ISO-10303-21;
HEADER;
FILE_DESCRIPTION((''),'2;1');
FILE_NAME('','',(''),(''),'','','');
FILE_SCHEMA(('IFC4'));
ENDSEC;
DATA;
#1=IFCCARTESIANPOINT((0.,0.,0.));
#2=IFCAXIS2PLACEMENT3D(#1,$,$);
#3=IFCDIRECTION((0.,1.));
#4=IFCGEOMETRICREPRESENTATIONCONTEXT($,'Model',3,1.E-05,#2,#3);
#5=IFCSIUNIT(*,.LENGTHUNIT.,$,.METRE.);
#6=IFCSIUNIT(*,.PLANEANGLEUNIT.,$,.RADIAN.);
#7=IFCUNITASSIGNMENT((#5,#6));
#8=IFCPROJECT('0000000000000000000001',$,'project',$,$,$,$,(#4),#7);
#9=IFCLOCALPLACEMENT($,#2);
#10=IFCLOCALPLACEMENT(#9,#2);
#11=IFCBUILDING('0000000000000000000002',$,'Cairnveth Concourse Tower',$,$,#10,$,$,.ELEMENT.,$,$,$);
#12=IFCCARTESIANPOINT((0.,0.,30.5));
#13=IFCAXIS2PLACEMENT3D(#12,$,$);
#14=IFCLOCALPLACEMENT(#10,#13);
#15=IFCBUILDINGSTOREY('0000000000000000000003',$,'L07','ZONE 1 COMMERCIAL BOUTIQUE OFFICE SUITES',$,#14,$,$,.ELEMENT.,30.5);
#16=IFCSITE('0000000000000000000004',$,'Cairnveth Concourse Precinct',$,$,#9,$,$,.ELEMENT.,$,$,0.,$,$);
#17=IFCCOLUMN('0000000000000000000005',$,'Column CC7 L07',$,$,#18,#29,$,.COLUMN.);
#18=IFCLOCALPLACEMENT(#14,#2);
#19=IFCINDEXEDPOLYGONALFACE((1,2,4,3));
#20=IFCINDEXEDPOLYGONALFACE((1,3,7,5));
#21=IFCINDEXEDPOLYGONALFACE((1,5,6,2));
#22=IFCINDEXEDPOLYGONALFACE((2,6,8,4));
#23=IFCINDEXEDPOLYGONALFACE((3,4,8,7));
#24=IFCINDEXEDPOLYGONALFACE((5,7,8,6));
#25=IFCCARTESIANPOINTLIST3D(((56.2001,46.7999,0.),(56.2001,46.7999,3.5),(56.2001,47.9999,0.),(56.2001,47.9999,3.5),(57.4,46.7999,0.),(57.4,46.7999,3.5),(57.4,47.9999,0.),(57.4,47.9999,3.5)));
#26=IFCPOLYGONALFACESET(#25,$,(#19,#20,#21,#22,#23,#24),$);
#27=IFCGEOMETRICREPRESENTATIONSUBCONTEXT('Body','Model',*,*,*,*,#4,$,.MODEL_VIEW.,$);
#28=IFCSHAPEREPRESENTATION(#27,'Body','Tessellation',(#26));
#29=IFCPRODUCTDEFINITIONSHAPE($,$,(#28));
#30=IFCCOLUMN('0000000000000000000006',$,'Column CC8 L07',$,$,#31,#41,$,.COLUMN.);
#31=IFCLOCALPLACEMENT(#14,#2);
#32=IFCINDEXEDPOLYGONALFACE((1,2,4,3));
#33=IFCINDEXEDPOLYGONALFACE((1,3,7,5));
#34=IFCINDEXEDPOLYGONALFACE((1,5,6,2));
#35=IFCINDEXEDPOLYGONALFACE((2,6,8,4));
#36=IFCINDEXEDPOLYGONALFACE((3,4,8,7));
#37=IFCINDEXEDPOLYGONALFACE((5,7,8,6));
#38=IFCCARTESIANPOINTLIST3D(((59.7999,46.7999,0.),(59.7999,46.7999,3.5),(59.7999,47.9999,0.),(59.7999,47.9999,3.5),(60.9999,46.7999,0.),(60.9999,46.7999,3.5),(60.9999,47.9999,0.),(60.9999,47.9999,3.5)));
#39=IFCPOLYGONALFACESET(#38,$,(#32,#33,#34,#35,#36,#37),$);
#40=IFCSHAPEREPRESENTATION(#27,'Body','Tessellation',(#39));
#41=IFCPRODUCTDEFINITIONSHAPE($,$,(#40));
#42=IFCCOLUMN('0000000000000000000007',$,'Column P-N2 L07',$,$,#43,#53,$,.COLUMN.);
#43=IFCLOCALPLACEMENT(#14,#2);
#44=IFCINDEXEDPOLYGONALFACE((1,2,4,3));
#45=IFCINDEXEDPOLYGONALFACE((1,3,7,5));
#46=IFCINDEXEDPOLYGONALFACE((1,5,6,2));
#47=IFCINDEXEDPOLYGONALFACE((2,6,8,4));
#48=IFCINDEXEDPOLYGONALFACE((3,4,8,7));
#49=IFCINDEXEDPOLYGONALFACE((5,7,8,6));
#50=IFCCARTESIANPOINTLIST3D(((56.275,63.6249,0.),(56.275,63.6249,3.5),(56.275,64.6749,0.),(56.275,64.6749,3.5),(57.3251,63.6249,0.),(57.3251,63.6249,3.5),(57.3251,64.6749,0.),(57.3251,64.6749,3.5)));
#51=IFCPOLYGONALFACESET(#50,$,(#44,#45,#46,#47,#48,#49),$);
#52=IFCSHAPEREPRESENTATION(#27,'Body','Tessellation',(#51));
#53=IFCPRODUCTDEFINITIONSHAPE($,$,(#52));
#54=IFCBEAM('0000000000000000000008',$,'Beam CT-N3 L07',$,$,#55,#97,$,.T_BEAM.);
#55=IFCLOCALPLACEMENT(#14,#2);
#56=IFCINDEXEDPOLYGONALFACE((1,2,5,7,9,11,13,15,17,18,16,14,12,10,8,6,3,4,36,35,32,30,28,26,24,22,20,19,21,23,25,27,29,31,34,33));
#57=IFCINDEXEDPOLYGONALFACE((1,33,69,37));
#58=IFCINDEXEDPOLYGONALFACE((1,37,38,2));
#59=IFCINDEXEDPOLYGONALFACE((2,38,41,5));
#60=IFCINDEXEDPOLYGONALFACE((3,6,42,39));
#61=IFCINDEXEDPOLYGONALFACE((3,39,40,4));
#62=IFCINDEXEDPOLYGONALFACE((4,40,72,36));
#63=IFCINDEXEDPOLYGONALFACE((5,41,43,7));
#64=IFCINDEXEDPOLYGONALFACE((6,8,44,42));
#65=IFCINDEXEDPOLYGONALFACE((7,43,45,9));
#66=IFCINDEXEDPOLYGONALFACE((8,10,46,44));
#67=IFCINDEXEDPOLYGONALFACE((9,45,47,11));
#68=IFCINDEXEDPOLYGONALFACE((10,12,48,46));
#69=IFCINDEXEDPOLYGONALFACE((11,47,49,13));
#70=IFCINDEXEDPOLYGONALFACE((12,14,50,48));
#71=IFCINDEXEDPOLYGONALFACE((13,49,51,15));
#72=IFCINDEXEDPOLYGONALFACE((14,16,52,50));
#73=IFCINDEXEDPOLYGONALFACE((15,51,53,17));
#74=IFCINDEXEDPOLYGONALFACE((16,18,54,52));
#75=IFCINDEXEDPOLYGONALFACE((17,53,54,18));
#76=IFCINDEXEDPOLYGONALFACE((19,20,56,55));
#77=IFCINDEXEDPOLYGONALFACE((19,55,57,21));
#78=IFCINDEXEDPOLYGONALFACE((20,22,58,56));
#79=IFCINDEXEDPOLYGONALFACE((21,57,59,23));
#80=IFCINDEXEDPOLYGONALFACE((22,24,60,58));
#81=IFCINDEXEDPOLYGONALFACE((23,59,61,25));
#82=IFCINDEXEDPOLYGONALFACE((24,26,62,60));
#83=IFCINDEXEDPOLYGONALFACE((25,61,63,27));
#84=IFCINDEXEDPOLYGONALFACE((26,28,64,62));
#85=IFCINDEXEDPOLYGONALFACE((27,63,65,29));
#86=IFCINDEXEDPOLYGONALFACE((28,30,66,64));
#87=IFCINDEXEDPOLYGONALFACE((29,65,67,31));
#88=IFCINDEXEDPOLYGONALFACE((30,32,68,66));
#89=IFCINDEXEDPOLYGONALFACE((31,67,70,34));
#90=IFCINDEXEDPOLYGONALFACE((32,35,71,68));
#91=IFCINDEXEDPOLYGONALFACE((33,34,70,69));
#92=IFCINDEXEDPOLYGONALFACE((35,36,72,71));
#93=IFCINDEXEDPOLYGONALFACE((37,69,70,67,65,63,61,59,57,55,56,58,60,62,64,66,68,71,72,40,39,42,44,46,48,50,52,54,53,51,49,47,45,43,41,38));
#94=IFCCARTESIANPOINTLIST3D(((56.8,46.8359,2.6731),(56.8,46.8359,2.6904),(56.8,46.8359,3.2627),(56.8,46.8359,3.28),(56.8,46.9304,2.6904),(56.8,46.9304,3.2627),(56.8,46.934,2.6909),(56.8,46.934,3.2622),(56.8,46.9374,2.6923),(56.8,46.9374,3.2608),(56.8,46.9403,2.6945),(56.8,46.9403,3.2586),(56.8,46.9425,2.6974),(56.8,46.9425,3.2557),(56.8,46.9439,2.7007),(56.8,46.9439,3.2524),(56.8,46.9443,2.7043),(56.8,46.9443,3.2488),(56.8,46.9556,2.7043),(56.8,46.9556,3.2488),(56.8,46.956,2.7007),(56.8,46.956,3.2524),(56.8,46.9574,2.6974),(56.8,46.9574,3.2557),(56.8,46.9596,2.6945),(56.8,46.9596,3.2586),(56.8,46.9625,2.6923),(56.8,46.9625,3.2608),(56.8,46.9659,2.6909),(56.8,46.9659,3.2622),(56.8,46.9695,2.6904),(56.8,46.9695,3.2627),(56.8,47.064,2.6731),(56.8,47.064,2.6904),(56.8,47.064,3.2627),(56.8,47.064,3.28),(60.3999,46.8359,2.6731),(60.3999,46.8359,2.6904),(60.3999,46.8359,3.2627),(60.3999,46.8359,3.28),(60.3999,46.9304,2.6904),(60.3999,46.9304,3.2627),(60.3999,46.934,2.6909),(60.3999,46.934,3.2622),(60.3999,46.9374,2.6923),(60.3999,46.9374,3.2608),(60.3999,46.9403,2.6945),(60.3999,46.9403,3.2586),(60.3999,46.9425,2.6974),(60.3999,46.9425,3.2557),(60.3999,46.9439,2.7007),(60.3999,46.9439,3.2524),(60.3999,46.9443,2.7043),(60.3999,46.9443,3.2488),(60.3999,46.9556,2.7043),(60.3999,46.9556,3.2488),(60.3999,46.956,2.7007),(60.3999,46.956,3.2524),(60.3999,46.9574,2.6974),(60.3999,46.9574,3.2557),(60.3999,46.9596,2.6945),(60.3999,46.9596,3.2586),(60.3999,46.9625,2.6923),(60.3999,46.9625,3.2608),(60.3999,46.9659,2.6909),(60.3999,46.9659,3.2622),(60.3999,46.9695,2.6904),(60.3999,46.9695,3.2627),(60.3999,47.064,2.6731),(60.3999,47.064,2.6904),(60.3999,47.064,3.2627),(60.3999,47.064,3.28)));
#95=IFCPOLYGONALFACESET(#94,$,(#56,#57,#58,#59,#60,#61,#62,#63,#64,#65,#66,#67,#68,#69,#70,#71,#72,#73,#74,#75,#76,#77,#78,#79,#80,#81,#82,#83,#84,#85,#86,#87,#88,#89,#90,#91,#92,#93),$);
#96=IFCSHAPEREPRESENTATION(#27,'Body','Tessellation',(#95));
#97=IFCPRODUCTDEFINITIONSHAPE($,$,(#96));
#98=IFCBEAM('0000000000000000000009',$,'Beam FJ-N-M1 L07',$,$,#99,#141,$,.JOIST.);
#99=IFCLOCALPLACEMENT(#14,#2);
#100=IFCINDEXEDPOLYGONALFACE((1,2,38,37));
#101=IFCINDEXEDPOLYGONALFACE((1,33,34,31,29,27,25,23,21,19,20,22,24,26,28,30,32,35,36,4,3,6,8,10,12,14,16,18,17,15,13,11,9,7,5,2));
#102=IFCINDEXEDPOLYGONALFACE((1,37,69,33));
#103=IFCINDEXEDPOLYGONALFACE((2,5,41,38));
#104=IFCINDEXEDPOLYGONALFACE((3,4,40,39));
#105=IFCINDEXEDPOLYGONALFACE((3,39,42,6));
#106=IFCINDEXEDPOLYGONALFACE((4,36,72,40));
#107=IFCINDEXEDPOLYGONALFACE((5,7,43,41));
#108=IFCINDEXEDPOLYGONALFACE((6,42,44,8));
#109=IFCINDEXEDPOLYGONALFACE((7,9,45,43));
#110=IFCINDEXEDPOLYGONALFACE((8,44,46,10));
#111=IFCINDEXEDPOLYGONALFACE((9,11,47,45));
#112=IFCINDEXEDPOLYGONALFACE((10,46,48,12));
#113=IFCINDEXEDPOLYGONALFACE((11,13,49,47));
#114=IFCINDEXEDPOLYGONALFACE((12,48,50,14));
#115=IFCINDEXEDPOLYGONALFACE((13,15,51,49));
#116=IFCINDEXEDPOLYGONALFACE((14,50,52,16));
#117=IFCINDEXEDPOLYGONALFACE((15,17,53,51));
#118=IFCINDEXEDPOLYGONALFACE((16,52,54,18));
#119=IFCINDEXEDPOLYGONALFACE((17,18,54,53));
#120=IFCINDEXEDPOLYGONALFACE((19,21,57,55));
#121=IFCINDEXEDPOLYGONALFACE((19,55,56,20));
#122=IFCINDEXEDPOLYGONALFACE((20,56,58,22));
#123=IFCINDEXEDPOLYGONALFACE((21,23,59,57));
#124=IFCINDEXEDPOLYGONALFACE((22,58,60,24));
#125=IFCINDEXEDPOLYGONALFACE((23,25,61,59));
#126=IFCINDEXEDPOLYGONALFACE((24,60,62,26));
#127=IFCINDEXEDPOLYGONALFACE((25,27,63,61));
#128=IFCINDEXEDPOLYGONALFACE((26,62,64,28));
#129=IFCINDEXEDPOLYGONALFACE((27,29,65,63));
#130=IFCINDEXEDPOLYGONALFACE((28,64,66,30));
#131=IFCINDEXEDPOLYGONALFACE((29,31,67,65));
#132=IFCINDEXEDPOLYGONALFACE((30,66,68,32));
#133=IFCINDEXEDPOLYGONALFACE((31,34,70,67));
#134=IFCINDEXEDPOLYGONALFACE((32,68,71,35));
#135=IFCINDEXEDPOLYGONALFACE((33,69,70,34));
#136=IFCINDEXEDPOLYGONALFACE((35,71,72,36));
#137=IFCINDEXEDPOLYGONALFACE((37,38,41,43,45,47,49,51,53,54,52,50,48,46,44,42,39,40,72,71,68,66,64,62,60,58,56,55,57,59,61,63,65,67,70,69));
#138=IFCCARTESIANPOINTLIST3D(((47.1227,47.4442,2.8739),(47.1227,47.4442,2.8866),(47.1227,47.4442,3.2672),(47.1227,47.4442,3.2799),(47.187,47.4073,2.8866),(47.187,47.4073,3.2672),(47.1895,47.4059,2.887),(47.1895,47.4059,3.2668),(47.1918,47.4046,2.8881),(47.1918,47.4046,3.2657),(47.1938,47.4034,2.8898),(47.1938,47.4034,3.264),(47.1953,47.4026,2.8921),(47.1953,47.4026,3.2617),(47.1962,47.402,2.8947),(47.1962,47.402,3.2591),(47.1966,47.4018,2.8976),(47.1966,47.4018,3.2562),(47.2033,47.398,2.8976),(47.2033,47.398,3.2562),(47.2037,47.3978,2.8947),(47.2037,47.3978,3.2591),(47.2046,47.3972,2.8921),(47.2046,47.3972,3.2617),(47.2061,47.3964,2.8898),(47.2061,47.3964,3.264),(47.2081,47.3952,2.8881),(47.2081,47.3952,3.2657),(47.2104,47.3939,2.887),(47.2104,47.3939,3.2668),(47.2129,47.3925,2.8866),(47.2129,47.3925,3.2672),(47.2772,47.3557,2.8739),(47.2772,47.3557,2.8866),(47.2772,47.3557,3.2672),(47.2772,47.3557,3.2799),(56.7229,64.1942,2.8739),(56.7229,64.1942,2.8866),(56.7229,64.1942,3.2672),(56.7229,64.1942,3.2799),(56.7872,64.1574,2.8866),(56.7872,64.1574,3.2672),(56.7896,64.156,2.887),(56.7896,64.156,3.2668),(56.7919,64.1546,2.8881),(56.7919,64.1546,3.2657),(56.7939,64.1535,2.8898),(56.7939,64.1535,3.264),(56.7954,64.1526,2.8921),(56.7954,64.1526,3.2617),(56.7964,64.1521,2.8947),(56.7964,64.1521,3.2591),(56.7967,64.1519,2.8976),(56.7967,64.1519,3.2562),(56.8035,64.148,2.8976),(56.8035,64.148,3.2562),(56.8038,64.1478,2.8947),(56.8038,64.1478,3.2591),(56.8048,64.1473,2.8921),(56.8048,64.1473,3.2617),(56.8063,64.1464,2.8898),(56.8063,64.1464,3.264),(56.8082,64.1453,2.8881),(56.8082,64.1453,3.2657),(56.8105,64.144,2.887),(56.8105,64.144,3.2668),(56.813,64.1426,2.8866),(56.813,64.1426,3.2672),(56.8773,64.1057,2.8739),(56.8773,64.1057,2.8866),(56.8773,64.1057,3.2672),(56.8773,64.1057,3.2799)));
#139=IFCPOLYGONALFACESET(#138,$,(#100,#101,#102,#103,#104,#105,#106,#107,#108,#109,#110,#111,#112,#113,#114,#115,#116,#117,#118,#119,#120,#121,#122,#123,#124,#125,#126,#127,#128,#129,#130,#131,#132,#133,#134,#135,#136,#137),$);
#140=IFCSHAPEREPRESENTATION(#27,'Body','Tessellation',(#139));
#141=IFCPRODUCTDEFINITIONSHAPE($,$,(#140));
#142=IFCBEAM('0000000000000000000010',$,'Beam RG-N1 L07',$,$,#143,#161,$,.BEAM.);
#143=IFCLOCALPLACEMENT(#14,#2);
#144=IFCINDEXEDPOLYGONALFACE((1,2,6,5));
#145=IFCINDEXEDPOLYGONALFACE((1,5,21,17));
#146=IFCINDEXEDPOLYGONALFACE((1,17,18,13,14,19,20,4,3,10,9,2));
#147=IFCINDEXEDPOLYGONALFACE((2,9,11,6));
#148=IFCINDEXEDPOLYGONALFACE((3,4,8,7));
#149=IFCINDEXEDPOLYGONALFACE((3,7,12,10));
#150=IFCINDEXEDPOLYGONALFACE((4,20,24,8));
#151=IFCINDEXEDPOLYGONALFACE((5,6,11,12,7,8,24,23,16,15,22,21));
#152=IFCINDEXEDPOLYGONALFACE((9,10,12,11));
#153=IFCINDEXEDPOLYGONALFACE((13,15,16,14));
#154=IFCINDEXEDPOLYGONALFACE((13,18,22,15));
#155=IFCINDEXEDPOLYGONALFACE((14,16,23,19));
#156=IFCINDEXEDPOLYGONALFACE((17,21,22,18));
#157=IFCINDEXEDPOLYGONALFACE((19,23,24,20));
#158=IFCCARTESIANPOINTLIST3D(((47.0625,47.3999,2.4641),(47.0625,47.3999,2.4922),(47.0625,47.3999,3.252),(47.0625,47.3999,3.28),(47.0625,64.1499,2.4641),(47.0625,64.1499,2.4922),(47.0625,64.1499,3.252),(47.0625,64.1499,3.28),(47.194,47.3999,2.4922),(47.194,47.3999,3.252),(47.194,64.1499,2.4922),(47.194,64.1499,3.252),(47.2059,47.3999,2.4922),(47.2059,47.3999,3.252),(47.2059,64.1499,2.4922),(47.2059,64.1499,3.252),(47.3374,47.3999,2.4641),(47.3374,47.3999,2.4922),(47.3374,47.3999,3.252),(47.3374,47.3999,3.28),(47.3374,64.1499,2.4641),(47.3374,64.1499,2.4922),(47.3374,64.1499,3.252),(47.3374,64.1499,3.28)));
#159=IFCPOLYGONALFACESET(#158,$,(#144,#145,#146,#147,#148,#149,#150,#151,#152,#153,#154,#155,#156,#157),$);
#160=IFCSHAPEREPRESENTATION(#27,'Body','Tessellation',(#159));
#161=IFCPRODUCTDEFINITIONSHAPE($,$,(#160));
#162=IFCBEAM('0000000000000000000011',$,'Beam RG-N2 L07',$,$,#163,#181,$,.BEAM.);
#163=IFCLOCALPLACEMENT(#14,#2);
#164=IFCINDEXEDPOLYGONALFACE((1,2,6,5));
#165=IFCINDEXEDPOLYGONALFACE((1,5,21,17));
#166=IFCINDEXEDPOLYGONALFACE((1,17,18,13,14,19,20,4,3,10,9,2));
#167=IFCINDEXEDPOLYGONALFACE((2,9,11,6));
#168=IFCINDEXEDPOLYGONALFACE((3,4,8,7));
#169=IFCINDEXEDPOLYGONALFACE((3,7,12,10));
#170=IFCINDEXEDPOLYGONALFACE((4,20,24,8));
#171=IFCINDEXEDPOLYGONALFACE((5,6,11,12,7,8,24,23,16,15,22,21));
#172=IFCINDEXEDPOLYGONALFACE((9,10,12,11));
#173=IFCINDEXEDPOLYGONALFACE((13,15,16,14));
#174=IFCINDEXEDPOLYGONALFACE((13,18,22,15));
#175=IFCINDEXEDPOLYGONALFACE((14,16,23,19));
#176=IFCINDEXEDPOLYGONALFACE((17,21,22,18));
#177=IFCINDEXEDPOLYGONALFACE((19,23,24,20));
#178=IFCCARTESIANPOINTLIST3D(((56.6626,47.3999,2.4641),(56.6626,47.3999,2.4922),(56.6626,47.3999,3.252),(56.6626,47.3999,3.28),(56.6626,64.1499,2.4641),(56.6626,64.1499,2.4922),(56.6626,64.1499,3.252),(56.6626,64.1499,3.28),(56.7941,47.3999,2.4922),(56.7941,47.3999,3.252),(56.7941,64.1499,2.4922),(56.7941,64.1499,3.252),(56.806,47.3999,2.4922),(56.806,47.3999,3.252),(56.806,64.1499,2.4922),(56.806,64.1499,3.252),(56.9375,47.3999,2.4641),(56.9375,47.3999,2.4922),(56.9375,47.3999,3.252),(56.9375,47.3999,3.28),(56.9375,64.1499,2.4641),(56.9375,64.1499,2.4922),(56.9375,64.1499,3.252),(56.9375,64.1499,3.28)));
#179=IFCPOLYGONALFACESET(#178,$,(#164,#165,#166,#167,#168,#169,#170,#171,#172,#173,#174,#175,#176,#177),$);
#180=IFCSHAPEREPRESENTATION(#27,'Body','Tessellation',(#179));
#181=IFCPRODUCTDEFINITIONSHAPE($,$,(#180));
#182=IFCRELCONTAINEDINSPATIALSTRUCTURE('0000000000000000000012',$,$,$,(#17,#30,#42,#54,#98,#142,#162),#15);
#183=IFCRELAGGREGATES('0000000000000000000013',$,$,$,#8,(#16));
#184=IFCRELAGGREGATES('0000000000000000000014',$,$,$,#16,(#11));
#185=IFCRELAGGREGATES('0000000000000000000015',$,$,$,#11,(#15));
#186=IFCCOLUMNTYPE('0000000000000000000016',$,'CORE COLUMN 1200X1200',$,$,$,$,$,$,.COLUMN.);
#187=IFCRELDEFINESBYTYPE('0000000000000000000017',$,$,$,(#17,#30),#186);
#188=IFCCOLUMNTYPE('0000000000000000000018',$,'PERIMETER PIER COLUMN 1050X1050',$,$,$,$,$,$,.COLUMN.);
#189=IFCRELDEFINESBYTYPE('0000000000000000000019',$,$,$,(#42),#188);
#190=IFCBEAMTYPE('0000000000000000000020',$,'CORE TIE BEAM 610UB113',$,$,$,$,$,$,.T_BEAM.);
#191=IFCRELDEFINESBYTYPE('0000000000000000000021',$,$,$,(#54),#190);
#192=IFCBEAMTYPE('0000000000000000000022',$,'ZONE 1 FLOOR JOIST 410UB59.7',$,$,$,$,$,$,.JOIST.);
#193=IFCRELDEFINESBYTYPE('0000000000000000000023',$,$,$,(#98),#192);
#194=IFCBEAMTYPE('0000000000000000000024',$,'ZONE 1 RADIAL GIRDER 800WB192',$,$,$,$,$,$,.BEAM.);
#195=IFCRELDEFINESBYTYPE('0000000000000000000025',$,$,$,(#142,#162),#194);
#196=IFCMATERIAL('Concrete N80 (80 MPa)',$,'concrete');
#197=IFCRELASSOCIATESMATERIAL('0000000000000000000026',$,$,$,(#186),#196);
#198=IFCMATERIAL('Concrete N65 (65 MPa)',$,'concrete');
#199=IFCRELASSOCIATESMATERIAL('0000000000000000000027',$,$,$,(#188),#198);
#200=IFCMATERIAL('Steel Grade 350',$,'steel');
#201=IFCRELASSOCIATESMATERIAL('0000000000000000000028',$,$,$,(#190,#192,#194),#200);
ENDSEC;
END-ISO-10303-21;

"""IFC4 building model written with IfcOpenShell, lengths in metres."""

from ifc_helpers import new_model, si_unit, direction, frame, origin, origin_2d, place, context, subcontext, project, spatial, rectangle, i_section, extrude, material, material_profile, profile_set, type_object, element, save


model = new_model("IFC4")

# Units and contexts
model_context = context("Model", 3, precision=1e-05, world=origin(), true_north=direction((0.0, 1.0)))
body_context = subcontext(model_context, "Body", "Model", "MODEL_VIEW")
ifc_project = project(units=[si_unit("LENGTHUNIT", "METRE"), si_unit("PLANEANGLEUNIT", "RADIAN")], contexts=[model_context])

# Site, building, storey
site_placement = place(None, origin())
site = spatial("IfcSite", under=ifc_project, at=site_placement, Name="Cairnveth Concourse Precinct", CompositionType="ELEMENT", RefElevation=0.0)
building_placement = place(site_placement, origin())
building = spatial("IfcBuilding", under=site, at=building_placement, Name="Cairnveth Concourse Tower", CompositionType="ELEMENT")
storey_placement = place(building_placement, frame((0.0, 0.0, 30.5)))
storey = spatial("IfcBuildingStorey", under=building, at=storey_placement, Name="L07", Description="ZONE 1 COMMERCIAL BOUTIQUE OFFICE SUITES", CompositionType="ELEMENT", Elevation=30.5)

# Columns
ifc_material_1 = material(Name="Concrete N80 (80 MPa)", Category="concrete")
ifc_material_profile_1 = material_profile(ifc_material_1, rectangle(XDim=1.2, YDim=1.2, at=origin_2d()), Name="RC-COL-1200x1200")
ifc_profile_set_1 = profile_set([ifc_material_profile_1], Name="Concrete N80 (80 MPa)")
column_type_1 = type_object("IfcColumnType", Name="CORE COLUMN 1200X1200", PredefinedType="COLUMN", material=ifc_profile_set_1)
for number, where, z_axis, x_axis, name in (
    (1, (56.8, 47.3999, 0.0), (0.0, 0.0, 1.0), (1.0, 0.0, 0.0), "Column CC7 L07"),
    (2, (60.3999, 47.3999, 0.0), (0.0, 0.0, 1.0), (1.0, 0.0, 0.0), "Column CC8 L07"),
):
    element("IfcColumn", number, at=place(storey_placement, frame(where, z_axis=z_axis, x_axis=x_axis)), inside=storey, type_object=column_type_1, Name=name, PredefinedType="COLUMN", context=body_context, shape_type="SweptSolid", body=[
        extrude(rectangle(XDim=1.2, YDim=1.2, at=origin_2d()), origin(), (0.0, 0.0, 1.0), 3.5),
    ])
ifc_material_2 = material(Name="Concrete N65 (65 MPa)", Category="concrete")
ifc_material_profile_2 = material_profile(ifc_material_2, rectangle(XDim=1.05, YDim=1.05, at=origin_2d()), Name="RC-COL-1050x1050")
ifc_profile_set_2 = profile_set([ifc_material_profile_2], Name="Concrete N65 (65 MPa)")
column_type_2 = type_object("IfcColumnType", Name="PERIMETER PIER COLUMN 1050X1050", PredefinedType="COLUMN", material=ifc_profile_set_2)
column_placement = place(storey_placement, frame((56.8, 64.1499, 0.0), z_axis=(0.0, 0.0, 1.0), x_axis=(1.0, 0.0, 0.0)))
element("IfcColumn", 3, at=column_placement, inside=storey, type_object=column_type_2, Name="Column P-N2 L07", PredefinedType="COLUMN", context=body_context, shape_type="SweptSolid", body=[
    extrude(rectangle(XDim=1.05, YDim=1.05, at=origin_2d()), origin(), (0.0, 0.0, 1.0), 3.5),
])

# Beams
ifc_material_3 = material(Name="Steel Grade 350", Category="steel")
ifc_material_profile_3 = material_profile(ifc_material_3, i_section(OverallWidth=0.228, OverallDepth=0.6069, WebThickness=0.0112, FlangeThickness=0.0173, FilletRadius=0.0139, at=origin_2d()), Name="610UB113")
ifc_profile_set_3 = profile_set([ifc_material_profile_3], Name="Steel Grade 350")
beam_type_1 = type_object("IfcBeamType", Name="CORE TIE BEAM 610UB113", PredefinedType="T_BEAM", material=ifc_profile_set_3)
beam_1_placement = place(storey_placement, frame((56.8, 46.95, 2.9766), z_axis=(1.0, 0.0, 0.0), x_axis=(0.0, 1.0, 0.0)))
element("IfcBeam", 4, at=beam_1_placement, inside=storey, type_object=beam_type_1, Name="Beam CT-N3 L07", PredefinedType="T_BEAM", context=body_context, shape_type="SweptSolid", body=[
    extrude(i_section(OverallWidth=0.228, OverallDepth=0.6069, WebThickness=0.0112, FlangeThickness=0.0173, FilletRadius=0.0139, at=origin_2d()), origin(), (0.0, 0.0, 1.0), 3.5999),
])
ifc_material_profile_4 = material_profile(ifc_material_3, i_section(OverallWidth=0.178, OverallDepth=0.406, WebThickness=0.0078, FlangeThickness=0.0127, FilletRadius=0.011, at=origin_2d()), Name="410UB59.7")
ifc_profile_set_4 = profile_set([ifc_material_profile_4], Name="Steel Grade 350")
beam_type_2 = type_object("IfcBeamType", Name="ZONE 1 FLOOR JOIST 410UB59.7", PredefinedType="JOIST", material=ifc_profile_set_4)
beam_2_placement = place(storey_placement, frame((47.2, 47.3999, 3.0769), z_axis=(0.497258, 0.867603, 0.0), x_axis=(-0.867603, 0.497258, 0.0)))
element("IfcBeam", 5, at=beam_2_placement, inside=storey, type_object=beam_type_2, Name="Beam FJ-N-M1 L07", PredefinedType="JOIST", context=body_context, shape_type="SweptSolid", body=[
    extrude(i_section(OverallWidth=0.178, OverallDepth=0.406, WebThickness=0.0078, FlangeThickness=0.0127, FilletRadius=0.011, at=origin_2d()), origin(), (0.0, 0.0, 1.0), 19.3062),
])
ifc_material_profile_5 = material_profile(ifc_material_3, i_section(OverallWidth=0.2749, OverallDepth=0.8159, WebThickness=0.012, FlangeThickness=0.0281, at=origin_2d()), Name="800WB192")
ifc_profile_set_5 = profile_set([ifc_material_profile_5], Name="Steel Grade 350")
beam_type_3 = type_object("IfcBeamType", Name="ZONE 1 RADIAL GIRDER 800WB192", PredefinedType="BEAM", material=ifc_profile_set_5)
for number, where, z_axis, x_axis, name in (
    (6, (47.2, 47.3999, 2.8721), (0.0, 1.0, 0.0), (-1.0, 0.0, 0.0), "Beam RG-N1 L07"),
    (7, (56.8, 47.3999, 2.8721), (0.0, 1.0, 0.0), (-1.0, 0.0, 0.0), "Beam RG-N2 L07"),
):
    element("IfcBeam", number, at=place(storey_placement, frame(where, z_axis=z_axis, x_axis=x_axis)), inside=storey, type_object=beam_type_3, Name=name, PredefinedType="BEAM", context=body_context, shape_type="SweptSolid", body=[
        extrude(i_section(OverallWidth=0.2749, OverallDepth=0.8159, WebThickness=0.012, FlangeThickness=0.0281, at=origin_2d()), origin(), (0.0, 0.0, 1.0), 16.75),
    ])

save(model, "model.ifc")
